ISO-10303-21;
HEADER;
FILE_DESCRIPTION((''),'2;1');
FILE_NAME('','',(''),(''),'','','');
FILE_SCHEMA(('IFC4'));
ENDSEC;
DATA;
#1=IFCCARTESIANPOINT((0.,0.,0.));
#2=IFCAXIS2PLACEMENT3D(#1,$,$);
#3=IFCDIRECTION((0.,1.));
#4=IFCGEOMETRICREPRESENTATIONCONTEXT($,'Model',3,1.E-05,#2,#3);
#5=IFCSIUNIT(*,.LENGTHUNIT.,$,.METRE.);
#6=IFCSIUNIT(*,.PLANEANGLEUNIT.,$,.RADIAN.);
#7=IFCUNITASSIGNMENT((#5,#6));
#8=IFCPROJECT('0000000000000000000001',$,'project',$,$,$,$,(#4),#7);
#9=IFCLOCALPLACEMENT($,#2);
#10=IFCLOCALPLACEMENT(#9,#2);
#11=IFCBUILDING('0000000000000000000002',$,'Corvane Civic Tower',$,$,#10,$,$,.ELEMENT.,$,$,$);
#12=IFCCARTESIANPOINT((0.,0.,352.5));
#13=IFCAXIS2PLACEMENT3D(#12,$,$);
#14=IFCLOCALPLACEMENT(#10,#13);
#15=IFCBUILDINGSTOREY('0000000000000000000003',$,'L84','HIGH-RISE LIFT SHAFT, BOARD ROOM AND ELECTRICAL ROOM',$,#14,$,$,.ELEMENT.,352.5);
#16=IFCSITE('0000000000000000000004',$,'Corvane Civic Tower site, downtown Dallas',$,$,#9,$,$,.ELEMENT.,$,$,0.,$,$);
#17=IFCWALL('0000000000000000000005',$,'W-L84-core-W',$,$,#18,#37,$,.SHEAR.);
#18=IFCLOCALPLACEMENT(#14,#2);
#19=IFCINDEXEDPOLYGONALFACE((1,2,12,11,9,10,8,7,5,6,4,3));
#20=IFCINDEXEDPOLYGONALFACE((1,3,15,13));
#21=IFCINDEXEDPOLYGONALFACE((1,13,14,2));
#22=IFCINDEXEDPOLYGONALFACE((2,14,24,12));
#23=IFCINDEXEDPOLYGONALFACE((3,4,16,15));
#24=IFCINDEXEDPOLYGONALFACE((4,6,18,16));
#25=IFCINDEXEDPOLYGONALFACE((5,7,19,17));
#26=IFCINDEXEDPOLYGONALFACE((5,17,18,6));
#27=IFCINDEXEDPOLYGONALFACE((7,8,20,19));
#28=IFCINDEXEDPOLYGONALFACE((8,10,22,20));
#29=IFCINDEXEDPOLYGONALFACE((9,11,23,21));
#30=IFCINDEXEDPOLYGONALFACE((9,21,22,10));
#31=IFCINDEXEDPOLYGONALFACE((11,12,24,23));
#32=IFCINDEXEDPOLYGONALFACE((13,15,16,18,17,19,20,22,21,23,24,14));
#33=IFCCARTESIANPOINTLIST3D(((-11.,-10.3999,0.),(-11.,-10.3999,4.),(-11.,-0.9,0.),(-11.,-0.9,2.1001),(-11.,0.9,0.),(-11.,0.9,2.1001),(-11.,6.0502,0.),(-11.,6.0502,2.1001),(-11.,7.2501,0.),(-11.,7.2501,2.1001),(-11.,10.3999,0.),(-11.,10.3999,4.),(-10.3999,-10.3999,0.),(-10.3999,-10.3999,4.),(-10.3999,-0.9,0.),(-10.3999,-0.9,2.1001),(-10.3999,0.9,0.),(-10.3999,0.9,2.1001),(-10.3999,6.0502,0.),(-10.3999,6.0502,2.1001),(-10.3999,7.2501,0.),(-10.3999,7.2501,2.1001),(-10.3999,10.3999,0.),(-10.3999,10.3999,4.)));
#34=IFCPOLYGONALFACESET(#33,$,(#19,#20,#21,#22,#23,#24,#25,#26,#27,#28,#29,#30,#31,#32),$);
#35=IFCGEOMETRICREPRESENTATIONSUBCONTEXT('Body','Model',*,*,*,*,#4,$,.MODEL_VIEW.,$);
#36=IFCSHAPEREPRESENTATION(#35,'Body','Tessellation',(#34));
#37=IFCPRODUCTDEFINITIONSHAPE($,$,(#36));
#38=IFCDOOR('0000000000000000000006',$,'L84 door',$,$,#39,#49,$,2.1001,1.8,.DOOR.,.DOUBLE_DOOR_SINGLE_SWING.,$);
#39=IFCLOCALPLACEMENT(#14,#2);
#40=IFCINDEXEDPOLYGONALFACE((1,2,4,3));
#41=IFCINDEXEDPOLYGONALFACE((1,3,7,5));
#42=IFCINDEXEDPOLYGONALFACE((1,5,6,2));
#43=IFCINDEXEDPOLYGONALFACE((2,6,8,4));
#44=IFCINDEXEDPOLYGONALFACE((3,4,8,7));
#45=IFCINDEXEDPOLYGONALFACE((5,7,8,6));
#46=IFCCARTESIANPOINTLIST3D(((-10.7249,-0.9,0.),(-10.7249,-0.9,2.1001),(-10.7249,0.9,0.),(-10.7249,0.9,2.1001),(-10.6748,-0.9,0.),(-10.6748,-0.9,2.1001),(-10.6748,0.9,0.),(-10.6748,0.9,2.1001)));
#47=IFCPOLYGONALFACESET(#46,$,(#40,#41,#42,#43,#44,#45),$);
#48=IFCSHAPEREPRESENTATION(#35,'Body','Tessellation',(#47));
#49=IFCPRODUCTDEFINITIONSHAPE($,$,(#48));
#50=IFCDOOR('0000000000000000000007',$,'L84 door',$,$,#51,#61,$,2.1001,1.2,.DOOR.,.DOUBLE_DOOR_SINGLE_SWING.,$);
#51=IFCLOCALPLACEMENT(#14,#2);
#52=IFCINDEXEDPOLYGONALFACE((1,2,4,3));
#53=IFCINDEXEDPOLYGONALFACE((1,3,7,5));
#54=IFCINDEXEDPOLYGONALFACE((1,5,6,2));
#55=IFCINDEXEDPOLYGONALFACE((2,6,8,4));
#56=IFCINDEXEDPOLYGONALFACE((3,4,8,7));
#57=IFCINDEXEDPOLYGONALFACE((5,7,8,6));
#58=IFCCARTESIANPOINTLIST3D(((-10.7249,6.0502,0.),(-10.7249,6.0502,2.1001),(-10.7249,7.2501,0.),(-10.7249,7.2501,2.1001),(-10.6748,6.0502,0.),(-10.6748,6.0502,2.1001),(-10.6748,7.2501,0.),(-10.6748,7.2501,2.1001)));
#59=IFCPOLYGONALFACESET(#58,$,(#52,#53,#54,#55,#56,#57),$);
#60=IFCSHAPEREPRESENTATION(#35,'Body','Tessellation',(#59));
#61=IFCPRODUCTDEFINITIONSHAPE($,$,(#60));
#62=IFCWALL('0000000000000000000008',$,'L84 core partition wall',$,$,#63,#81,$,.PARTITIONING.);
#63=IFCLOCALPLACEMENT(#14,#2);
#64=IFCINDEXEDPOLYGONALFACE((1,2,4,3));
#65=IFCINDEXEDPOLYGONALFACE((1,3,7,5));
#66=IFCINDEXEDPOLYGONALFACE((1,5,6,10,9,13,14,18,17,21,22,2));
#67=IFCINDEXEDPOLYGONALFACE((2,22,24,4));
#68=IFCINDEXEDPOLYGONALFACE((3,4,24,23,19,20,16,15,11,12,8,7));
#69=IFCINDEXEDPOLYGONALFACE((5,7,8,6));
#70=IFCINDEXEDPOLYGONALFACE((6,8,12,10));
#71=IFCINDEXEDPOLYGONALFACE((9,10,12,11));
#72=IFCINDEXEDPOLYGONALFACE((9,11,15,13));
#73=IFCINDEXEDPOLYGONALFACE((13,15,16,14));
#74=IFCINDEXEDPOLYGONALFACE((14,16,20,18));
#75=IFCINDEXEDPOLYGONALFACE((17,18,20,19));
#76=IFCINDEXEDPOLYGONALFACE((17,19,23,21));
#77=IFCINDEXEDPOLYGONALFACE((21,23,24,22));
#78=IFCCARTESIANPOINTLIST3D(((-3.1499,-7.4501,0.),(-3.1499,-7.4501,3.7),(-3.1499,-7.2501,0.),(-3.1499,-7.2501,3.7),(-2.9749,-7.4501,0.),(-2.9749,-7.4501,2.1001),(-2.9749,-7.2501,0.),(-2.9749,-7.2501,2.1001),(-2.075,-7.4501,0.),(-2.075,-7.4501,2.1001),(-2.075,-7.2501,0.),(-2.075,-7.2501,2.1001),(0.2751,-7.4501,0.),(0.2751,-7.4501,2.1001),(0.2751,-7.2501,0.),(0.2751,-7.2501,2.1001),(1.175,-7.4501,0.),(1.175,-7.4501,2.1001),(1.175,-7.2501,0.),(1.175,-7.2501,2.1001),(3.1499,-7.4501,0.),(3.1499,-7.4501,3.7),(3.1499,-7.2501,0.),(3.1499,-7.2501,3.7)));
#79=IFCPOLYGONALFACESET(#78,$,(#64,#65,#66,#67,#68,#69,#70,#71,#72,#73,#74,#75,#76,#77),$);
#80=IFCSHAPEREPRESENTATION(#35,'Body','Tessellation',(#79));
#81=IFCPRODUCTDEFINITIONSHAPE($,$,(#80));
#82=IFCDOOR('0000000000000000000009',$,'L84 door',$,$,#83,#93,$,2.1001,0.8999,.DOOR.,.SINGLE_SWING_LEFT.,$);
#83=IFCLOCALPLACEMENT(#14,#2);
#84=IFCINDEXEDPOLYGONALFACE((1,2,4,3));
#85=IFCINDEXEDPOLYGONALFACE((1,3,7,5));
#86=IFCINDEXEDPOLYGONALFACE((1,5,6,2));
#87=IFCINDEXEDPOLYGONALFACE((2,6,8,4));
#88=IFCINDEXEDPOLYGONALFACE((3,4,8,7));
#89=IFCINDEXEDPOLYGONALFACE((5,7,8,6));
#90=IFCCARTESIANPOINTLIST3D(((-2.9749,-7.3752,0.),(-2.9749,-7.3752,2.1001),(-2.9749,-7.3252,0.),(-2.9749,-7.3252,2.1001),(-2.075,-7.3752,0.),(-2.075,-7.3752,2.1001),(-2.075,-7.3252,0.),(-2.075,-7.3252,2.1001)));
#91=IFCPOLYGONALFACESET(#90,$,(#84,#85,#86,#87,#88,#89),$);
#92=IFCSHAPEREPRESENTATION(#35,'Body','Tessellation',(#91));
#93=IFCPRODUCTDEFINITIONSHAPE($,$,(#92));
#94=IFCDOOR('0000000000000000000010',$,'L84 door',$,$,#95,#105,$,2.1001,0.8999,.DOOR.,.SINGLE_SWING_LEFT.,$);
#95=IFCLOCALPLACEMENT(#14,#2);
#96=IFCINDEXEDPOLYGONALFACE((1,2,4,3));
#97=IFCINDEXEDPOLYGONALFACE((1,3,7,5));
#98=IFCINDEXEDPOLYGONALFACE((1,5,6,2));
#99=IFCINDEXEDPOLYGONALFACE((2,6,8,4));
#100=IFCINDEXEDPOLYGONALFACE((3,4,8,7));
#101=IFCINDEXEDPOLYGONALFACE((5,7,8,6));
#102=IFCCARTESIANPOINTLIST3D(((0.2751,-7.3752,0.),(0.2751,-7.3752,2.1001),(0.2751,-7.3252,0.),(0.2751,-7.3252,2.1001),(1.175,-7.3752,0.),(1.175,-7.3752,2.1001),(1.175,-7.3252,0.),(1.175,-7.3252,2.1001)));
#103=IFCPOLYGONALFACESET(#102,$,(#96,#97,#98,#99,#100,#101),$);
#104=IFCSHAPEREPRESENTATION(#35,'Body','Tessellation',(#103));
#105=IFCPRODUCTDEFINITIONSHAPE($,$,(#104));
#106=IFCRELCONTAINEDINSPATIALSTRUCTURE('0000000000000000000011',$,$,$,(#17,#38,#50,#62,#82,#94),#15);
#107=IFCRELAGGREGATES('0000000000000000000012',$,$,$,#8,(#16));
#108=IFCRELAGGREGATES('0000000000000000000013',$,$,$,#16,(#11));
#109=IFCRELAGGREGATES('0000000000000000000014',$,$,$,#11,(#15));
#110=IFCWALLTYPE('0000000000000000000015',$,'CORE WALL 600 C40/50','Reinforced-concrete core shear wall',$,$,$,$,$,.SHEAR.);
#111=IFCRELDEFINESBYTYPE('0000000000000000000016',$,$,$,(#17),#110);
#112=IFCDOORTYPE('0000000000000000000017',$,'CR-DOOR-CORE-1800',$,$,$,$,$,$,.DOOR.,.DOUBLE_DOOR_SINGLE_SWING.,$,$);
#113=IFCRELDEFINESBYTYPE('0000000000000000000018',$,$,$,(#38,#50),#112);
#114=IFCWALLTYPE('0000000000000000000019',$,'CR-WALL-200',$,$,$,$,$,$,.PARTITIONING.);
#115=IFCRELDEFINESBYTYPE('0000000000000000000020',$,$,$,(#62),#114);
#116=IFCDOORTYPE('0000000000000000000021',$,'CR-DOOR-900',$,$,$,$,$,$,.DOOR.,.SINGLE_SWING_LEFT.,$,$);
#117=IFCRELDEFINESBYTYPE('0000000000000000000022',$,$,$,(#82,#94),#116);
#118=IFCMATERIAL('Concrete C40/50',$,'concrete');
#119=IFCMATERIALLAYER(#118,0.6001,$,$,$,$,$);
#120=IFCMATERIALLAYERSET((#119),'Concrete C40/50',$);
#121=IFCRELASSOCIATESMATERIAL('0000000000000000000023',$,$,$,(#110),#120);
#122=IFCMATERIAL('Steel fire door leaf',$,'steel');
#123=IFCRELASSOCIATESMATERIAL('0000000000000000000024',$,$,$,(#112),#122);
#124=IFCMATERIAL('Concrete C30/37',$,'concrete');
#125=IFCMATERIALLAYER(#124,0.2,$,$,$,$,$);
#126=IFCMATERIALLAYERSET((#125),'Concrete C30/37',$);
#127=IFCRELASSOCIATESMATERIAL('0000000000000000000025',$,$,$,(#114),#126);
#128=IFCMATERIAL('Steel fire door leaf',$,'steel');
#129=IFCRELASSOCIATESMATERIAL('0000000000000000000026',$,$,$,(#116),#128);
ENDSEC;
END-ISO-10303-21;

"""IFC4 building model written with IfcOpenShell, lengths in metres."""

from ifc_helpers import new_model, si_unit, direction, frame, frame_2d, origin, place, context, subcontext, project, spatial, rectangle, extrude, material, layer, layer_set, type_object, element, fill, save


model = new_model("IFC4")

# Units and contexts
model_context = context("Model", 3, precision=1e-05, world=origin(), true_north=direction((0.0, 1.0)))
body_context = subcontext(model_context, "Body", "Model", "MODEL_VIEW")
ifc_project = project(units=[si_unit("LENGTHUNIT", "METRE"), si_unit("PLANEANGLEUNIT", "RADIAN")], contexts=[model_context])

# Site, building, storey
site_placement = place(None, origin())
site = spatial("IfcSite", under=ifc_project, at=site_placement, Name="Corvane Civic Tower site, downtown Dallas", CompositionType="ELEMENT", RefElevation=0.0)
building_placement = place(site_placement, origin())
building = spatial("IfcBuilding", under=site, at=building_placement, Name="Corvane Civic Tower", CompositionType="ELEMENT")
storey_placement = place(building_placement, frame((0.0, 0.0, 352.5)))
storey = spatial("IfcBuildingStorey", under=building, at=storey_placement, Name="L84", Description="HIGH-RISE LIFT SHAFT, BOARD ROOM AND ELECTRICAL ROOM", CompositionType="ELEMENT", Elevation=352.5)

# Walls, openings, doors
ifc_material_1 = material(Name="Concrete C40/50", Category="concrete")
ifc_layer_1 = layer(ifc_material_1, 0.6001)
ifc_layer_set_1 = layer_set([ifc_layer_1], Name="Concrete C40/50")
wall_type_1 = type_object("IfcWallType", Name="CORE WALL 600 C40/50", Description="Reinforced-concrete core shear wall", PredefinedType="SHEAR", material=ifc_layer_set_1)
wall_1_placement = place(storey_placement, frame((-10.7, -10.3999, 0.0), z_axis=(0.0, 0.0, 1.0), x_axis=(0.0, 1.0, 0.0)))
wall_1 = element("IfcWall", 1, at=wall_1_placement, inside=storey, type_object=wall_type_1, Name="W-L84-core-W", PredefinedType="SHEAR", context=body_context, shape_type="SweptSolid", body=[
    extrude(rectangle(XDim=20.7998, YDim=0.6001, at=frame_2d((10.3999, 0.0))), origin(), (0.0, 0.0, 1.0), 4.0),
])
opening_1_placement = place(wall_1_placement, frame((9.5, 0.0, 0.0)))
opening_1 = element("IfcOpeningElement", 2, at=opening_1_placement, cuts=wall_1, PredefinedType="OPENING", context=body_context, shape_type="SweptSolid", body=[
    extrude(rectangle(XDim=1.8, YDim=2.1001, at=frame_2d((0.8999, 1.05))), frame((0.0, 0.3101, 0.0), z_axis=(0.0, -1.0, 0.0), x_axis=(1.0, 0.0, 0.0)), (0.0, 0.0, 1.0), 0.6201),
])
opening_2_placement = place(wall_1_placement, frame((16.45, 0.0, 0.0)))
opening_2 = element("IfcOpeningElement", 3, at=opening_2_placement, cuts=wall_1, PredefinedType="OPENING", context=body_context, shape_type="SweptSolid", body=[
    extrude(rectangle(XDim=1.2, YDim=2.1001, at=frame_2d((0.6001, 1.05))), frame((0.0, 0.3101, 0.0), z_axis=(0.0, -1.0, 0.0), x_axis=(1.0, 0.0, 0.0)), (0.0, 0.0, 1.0), 0.6201),
])
ifc_material_2 = material(Name="Steel fire door leaf", Category="steel")
door_type_1 = type_object("IfcDoorType", Name="CR-DOOR-CORE-1800", OperationType="DOUBLE_DOOR_SINGLE_SWING", PredefinedType="DOOR", material=ifc_material_2)
door_1_placement = place(opening_1_placement, origin())
door_1 = element("IfcDoor", 4, at=door_1_placement, inside=storey, type_object=door_type_1, Name="L84 door", OperationType="DOUBLE_DOOR_SINGLE_SWING", OverallHeight=2.1001, OverallWidth=1.8, PredefinedType="DOOR", context=body_context, shape_type="SweptSolid", body=[
    extrude(rectangle(XDim=1.8, YDim=2.1001, at=frame_2d((0.8999, 1.05))), frame((0.0, 0.0249, 0.0), z_axis=(0.0, -1.0, 0.0), x_axis=(1.0, 0.0, 0.0)), (0.0, 0.0, 1.0), 0.05),
])
fill(opening_1, door_1)
door_2_placement = place(opening_2_placement, origin())
door_2 = element("IfcDoor", 5, at=door_2_placement, inside=storey, type_object=door_type_1, Name="L84 door", OperationType="DOUBLE_DOOR_SINGLE_SWING", OverallHeight=2.1001, OverallWidth=1.2, PredefinedType="DOOR", context=body_context, shape_type="SweptSolid", body=[
    extrude(rectangle(XDim=1.2, YDim=2.1001, at=frame_2d((0.6001, 1.05))), frame((0.0, 0.0249, 0.0), z_axis=(0.0, -1.0, 0.0), x_axis=(1.0, 0.0, 0.0)), (0.0, 0.0, 1.0), 0.05),
])
fill(opening_2, door_2)
ifc_material_3 = material(Name="Concrete C30/37", Category="concrete")
ifc_layer_2 = layer(ifc_material_3, 0.2)
ifc_layer_set_2 = layer_set([ifc_layer_2], Name="Concrete C30/37")
wall_type_2 = type_object("IfcWallType", Name="CR-WALL-200", PredefinedType="PARTITIONING", material=ifc_layer_set_2)
wall_2_placement = place(storey_placement, frame((-3.1499, -7.3501, 0.0), z_axis=(0.0, 0.0, 1.0), x_axis=(1.0, 0.0, 0.0)))
wall_2 = element("IfcWall", 6, at=wall_2_placement, inside=storey, type_object=wall_type_2, Name="L84 core partition wall", PredefinedType="PARTITIONING", context=body_context, shape_type="SweptSolid", body=[
    extrude(rectangle(XDim=6.2998, YDim=0.2, at=frame_2d((3.1499, 0.0))), origin(), (0.0, 0.0, 1.0), 3.7),
])
opening_3_placement = place(wall_2_placement, frame((0.175, 0.0, 0.0)))
opening_3 = element("IfcOpeningElement", 7, at=opening_3_placement, cuts=wall_2, PredefinedType="OPENING", context=body_context, shape_type="SweptSolid", body=[
    extrude(rectangle(XDim=0.8999, YDim=2.1001, at=frame_2d((0.45, 1.05))), frame((0.0, 0.1099, 0.0), z_axis=(0.0, -1.0, 0.0), x_axis=(1.0, 0.0, 0.0)), (0.0, 0.0, 1.0), 0.22),
])
opening_4_placement = place(wall_2_placement, frame((3.425, 0.0, 0.0)))
opening_4 = element("IfcOpeningElement", 8, at=opening_4_placement, cuts=wall_2, PredefinedType="OPENING", context=body_context, shape_type="SweptSolid", body=[
    extrude(rectangle(XDim=0.8999, YDim=2.1001, at=frame_2d((0.45, 1.05))), frame((0.0, 0.1099, 0.0), z_axis=(0.0, -1.0, 0.0), x_axis=(1.0, 0.0, 0.0)), (0.0, 0.0, 1.0), 0.22),
])
ifc_material_4 = material(Name="Steel fire door leaf", Category="steel")
door_type_2 = type_object("IfcDoorType", Name="CR-DOOR-900", OperationType="SINGLE_SWING_LEFT", PredefinedType="DOOR", material=ifc_material_4)
door_3_placement = place(opening_3_placement, origin())
door_3 = element("IfcDoor", 9, at=door_3_placement, inside=storey, type_object=door_type_2, Name="L84 door", OperationType="SINGLE_SWING_LEFT", OverallHeight=2.1001, OverallWidth=0.8999, PredefinedType="DOOR", context=body_context, shape_type="SweptSolid", body=[
    extrude(rectangle(XDim=0.8999, YDim=2.1001, at=frame_2d((0.45, 1.05))), frame((0.0, 0.0249, 0.0), z_axis=(0.0, -1.0, 0.0), x_axis=(1.0, 0.0, 0.0)), (0.0, 0.0, 1.0), 0.05),
])
fill(opening_3, door_3)
door_4_placement = place(opening_4_placement, origin())
door_4 = element("IfcDoor", 10, at=door_4_placement, inside=storey, type_object=door_type_2, Name="L84 door", OperationType="SINGLE_SWING_LEFT", OverallHeight=2.1001, OverallWidth=0.8999, PredefinedType="DOOR", context=body_context, shape_type="SweptSolid", body=[
    extrude(rectangle(XDim=0.8999, YDim=2.1001, at=frame_2d((0.45, 1.05))), frame((0.0, 0.0249, 0.0), z_axis=(0.0, -1.0, 0.0), x_axis=(1.0, 0.0, 0.0)), (0.0, 0.0, 1.0), 0.05),
])
fill(opening_4, door_4)

save(model, "model.ifc")
